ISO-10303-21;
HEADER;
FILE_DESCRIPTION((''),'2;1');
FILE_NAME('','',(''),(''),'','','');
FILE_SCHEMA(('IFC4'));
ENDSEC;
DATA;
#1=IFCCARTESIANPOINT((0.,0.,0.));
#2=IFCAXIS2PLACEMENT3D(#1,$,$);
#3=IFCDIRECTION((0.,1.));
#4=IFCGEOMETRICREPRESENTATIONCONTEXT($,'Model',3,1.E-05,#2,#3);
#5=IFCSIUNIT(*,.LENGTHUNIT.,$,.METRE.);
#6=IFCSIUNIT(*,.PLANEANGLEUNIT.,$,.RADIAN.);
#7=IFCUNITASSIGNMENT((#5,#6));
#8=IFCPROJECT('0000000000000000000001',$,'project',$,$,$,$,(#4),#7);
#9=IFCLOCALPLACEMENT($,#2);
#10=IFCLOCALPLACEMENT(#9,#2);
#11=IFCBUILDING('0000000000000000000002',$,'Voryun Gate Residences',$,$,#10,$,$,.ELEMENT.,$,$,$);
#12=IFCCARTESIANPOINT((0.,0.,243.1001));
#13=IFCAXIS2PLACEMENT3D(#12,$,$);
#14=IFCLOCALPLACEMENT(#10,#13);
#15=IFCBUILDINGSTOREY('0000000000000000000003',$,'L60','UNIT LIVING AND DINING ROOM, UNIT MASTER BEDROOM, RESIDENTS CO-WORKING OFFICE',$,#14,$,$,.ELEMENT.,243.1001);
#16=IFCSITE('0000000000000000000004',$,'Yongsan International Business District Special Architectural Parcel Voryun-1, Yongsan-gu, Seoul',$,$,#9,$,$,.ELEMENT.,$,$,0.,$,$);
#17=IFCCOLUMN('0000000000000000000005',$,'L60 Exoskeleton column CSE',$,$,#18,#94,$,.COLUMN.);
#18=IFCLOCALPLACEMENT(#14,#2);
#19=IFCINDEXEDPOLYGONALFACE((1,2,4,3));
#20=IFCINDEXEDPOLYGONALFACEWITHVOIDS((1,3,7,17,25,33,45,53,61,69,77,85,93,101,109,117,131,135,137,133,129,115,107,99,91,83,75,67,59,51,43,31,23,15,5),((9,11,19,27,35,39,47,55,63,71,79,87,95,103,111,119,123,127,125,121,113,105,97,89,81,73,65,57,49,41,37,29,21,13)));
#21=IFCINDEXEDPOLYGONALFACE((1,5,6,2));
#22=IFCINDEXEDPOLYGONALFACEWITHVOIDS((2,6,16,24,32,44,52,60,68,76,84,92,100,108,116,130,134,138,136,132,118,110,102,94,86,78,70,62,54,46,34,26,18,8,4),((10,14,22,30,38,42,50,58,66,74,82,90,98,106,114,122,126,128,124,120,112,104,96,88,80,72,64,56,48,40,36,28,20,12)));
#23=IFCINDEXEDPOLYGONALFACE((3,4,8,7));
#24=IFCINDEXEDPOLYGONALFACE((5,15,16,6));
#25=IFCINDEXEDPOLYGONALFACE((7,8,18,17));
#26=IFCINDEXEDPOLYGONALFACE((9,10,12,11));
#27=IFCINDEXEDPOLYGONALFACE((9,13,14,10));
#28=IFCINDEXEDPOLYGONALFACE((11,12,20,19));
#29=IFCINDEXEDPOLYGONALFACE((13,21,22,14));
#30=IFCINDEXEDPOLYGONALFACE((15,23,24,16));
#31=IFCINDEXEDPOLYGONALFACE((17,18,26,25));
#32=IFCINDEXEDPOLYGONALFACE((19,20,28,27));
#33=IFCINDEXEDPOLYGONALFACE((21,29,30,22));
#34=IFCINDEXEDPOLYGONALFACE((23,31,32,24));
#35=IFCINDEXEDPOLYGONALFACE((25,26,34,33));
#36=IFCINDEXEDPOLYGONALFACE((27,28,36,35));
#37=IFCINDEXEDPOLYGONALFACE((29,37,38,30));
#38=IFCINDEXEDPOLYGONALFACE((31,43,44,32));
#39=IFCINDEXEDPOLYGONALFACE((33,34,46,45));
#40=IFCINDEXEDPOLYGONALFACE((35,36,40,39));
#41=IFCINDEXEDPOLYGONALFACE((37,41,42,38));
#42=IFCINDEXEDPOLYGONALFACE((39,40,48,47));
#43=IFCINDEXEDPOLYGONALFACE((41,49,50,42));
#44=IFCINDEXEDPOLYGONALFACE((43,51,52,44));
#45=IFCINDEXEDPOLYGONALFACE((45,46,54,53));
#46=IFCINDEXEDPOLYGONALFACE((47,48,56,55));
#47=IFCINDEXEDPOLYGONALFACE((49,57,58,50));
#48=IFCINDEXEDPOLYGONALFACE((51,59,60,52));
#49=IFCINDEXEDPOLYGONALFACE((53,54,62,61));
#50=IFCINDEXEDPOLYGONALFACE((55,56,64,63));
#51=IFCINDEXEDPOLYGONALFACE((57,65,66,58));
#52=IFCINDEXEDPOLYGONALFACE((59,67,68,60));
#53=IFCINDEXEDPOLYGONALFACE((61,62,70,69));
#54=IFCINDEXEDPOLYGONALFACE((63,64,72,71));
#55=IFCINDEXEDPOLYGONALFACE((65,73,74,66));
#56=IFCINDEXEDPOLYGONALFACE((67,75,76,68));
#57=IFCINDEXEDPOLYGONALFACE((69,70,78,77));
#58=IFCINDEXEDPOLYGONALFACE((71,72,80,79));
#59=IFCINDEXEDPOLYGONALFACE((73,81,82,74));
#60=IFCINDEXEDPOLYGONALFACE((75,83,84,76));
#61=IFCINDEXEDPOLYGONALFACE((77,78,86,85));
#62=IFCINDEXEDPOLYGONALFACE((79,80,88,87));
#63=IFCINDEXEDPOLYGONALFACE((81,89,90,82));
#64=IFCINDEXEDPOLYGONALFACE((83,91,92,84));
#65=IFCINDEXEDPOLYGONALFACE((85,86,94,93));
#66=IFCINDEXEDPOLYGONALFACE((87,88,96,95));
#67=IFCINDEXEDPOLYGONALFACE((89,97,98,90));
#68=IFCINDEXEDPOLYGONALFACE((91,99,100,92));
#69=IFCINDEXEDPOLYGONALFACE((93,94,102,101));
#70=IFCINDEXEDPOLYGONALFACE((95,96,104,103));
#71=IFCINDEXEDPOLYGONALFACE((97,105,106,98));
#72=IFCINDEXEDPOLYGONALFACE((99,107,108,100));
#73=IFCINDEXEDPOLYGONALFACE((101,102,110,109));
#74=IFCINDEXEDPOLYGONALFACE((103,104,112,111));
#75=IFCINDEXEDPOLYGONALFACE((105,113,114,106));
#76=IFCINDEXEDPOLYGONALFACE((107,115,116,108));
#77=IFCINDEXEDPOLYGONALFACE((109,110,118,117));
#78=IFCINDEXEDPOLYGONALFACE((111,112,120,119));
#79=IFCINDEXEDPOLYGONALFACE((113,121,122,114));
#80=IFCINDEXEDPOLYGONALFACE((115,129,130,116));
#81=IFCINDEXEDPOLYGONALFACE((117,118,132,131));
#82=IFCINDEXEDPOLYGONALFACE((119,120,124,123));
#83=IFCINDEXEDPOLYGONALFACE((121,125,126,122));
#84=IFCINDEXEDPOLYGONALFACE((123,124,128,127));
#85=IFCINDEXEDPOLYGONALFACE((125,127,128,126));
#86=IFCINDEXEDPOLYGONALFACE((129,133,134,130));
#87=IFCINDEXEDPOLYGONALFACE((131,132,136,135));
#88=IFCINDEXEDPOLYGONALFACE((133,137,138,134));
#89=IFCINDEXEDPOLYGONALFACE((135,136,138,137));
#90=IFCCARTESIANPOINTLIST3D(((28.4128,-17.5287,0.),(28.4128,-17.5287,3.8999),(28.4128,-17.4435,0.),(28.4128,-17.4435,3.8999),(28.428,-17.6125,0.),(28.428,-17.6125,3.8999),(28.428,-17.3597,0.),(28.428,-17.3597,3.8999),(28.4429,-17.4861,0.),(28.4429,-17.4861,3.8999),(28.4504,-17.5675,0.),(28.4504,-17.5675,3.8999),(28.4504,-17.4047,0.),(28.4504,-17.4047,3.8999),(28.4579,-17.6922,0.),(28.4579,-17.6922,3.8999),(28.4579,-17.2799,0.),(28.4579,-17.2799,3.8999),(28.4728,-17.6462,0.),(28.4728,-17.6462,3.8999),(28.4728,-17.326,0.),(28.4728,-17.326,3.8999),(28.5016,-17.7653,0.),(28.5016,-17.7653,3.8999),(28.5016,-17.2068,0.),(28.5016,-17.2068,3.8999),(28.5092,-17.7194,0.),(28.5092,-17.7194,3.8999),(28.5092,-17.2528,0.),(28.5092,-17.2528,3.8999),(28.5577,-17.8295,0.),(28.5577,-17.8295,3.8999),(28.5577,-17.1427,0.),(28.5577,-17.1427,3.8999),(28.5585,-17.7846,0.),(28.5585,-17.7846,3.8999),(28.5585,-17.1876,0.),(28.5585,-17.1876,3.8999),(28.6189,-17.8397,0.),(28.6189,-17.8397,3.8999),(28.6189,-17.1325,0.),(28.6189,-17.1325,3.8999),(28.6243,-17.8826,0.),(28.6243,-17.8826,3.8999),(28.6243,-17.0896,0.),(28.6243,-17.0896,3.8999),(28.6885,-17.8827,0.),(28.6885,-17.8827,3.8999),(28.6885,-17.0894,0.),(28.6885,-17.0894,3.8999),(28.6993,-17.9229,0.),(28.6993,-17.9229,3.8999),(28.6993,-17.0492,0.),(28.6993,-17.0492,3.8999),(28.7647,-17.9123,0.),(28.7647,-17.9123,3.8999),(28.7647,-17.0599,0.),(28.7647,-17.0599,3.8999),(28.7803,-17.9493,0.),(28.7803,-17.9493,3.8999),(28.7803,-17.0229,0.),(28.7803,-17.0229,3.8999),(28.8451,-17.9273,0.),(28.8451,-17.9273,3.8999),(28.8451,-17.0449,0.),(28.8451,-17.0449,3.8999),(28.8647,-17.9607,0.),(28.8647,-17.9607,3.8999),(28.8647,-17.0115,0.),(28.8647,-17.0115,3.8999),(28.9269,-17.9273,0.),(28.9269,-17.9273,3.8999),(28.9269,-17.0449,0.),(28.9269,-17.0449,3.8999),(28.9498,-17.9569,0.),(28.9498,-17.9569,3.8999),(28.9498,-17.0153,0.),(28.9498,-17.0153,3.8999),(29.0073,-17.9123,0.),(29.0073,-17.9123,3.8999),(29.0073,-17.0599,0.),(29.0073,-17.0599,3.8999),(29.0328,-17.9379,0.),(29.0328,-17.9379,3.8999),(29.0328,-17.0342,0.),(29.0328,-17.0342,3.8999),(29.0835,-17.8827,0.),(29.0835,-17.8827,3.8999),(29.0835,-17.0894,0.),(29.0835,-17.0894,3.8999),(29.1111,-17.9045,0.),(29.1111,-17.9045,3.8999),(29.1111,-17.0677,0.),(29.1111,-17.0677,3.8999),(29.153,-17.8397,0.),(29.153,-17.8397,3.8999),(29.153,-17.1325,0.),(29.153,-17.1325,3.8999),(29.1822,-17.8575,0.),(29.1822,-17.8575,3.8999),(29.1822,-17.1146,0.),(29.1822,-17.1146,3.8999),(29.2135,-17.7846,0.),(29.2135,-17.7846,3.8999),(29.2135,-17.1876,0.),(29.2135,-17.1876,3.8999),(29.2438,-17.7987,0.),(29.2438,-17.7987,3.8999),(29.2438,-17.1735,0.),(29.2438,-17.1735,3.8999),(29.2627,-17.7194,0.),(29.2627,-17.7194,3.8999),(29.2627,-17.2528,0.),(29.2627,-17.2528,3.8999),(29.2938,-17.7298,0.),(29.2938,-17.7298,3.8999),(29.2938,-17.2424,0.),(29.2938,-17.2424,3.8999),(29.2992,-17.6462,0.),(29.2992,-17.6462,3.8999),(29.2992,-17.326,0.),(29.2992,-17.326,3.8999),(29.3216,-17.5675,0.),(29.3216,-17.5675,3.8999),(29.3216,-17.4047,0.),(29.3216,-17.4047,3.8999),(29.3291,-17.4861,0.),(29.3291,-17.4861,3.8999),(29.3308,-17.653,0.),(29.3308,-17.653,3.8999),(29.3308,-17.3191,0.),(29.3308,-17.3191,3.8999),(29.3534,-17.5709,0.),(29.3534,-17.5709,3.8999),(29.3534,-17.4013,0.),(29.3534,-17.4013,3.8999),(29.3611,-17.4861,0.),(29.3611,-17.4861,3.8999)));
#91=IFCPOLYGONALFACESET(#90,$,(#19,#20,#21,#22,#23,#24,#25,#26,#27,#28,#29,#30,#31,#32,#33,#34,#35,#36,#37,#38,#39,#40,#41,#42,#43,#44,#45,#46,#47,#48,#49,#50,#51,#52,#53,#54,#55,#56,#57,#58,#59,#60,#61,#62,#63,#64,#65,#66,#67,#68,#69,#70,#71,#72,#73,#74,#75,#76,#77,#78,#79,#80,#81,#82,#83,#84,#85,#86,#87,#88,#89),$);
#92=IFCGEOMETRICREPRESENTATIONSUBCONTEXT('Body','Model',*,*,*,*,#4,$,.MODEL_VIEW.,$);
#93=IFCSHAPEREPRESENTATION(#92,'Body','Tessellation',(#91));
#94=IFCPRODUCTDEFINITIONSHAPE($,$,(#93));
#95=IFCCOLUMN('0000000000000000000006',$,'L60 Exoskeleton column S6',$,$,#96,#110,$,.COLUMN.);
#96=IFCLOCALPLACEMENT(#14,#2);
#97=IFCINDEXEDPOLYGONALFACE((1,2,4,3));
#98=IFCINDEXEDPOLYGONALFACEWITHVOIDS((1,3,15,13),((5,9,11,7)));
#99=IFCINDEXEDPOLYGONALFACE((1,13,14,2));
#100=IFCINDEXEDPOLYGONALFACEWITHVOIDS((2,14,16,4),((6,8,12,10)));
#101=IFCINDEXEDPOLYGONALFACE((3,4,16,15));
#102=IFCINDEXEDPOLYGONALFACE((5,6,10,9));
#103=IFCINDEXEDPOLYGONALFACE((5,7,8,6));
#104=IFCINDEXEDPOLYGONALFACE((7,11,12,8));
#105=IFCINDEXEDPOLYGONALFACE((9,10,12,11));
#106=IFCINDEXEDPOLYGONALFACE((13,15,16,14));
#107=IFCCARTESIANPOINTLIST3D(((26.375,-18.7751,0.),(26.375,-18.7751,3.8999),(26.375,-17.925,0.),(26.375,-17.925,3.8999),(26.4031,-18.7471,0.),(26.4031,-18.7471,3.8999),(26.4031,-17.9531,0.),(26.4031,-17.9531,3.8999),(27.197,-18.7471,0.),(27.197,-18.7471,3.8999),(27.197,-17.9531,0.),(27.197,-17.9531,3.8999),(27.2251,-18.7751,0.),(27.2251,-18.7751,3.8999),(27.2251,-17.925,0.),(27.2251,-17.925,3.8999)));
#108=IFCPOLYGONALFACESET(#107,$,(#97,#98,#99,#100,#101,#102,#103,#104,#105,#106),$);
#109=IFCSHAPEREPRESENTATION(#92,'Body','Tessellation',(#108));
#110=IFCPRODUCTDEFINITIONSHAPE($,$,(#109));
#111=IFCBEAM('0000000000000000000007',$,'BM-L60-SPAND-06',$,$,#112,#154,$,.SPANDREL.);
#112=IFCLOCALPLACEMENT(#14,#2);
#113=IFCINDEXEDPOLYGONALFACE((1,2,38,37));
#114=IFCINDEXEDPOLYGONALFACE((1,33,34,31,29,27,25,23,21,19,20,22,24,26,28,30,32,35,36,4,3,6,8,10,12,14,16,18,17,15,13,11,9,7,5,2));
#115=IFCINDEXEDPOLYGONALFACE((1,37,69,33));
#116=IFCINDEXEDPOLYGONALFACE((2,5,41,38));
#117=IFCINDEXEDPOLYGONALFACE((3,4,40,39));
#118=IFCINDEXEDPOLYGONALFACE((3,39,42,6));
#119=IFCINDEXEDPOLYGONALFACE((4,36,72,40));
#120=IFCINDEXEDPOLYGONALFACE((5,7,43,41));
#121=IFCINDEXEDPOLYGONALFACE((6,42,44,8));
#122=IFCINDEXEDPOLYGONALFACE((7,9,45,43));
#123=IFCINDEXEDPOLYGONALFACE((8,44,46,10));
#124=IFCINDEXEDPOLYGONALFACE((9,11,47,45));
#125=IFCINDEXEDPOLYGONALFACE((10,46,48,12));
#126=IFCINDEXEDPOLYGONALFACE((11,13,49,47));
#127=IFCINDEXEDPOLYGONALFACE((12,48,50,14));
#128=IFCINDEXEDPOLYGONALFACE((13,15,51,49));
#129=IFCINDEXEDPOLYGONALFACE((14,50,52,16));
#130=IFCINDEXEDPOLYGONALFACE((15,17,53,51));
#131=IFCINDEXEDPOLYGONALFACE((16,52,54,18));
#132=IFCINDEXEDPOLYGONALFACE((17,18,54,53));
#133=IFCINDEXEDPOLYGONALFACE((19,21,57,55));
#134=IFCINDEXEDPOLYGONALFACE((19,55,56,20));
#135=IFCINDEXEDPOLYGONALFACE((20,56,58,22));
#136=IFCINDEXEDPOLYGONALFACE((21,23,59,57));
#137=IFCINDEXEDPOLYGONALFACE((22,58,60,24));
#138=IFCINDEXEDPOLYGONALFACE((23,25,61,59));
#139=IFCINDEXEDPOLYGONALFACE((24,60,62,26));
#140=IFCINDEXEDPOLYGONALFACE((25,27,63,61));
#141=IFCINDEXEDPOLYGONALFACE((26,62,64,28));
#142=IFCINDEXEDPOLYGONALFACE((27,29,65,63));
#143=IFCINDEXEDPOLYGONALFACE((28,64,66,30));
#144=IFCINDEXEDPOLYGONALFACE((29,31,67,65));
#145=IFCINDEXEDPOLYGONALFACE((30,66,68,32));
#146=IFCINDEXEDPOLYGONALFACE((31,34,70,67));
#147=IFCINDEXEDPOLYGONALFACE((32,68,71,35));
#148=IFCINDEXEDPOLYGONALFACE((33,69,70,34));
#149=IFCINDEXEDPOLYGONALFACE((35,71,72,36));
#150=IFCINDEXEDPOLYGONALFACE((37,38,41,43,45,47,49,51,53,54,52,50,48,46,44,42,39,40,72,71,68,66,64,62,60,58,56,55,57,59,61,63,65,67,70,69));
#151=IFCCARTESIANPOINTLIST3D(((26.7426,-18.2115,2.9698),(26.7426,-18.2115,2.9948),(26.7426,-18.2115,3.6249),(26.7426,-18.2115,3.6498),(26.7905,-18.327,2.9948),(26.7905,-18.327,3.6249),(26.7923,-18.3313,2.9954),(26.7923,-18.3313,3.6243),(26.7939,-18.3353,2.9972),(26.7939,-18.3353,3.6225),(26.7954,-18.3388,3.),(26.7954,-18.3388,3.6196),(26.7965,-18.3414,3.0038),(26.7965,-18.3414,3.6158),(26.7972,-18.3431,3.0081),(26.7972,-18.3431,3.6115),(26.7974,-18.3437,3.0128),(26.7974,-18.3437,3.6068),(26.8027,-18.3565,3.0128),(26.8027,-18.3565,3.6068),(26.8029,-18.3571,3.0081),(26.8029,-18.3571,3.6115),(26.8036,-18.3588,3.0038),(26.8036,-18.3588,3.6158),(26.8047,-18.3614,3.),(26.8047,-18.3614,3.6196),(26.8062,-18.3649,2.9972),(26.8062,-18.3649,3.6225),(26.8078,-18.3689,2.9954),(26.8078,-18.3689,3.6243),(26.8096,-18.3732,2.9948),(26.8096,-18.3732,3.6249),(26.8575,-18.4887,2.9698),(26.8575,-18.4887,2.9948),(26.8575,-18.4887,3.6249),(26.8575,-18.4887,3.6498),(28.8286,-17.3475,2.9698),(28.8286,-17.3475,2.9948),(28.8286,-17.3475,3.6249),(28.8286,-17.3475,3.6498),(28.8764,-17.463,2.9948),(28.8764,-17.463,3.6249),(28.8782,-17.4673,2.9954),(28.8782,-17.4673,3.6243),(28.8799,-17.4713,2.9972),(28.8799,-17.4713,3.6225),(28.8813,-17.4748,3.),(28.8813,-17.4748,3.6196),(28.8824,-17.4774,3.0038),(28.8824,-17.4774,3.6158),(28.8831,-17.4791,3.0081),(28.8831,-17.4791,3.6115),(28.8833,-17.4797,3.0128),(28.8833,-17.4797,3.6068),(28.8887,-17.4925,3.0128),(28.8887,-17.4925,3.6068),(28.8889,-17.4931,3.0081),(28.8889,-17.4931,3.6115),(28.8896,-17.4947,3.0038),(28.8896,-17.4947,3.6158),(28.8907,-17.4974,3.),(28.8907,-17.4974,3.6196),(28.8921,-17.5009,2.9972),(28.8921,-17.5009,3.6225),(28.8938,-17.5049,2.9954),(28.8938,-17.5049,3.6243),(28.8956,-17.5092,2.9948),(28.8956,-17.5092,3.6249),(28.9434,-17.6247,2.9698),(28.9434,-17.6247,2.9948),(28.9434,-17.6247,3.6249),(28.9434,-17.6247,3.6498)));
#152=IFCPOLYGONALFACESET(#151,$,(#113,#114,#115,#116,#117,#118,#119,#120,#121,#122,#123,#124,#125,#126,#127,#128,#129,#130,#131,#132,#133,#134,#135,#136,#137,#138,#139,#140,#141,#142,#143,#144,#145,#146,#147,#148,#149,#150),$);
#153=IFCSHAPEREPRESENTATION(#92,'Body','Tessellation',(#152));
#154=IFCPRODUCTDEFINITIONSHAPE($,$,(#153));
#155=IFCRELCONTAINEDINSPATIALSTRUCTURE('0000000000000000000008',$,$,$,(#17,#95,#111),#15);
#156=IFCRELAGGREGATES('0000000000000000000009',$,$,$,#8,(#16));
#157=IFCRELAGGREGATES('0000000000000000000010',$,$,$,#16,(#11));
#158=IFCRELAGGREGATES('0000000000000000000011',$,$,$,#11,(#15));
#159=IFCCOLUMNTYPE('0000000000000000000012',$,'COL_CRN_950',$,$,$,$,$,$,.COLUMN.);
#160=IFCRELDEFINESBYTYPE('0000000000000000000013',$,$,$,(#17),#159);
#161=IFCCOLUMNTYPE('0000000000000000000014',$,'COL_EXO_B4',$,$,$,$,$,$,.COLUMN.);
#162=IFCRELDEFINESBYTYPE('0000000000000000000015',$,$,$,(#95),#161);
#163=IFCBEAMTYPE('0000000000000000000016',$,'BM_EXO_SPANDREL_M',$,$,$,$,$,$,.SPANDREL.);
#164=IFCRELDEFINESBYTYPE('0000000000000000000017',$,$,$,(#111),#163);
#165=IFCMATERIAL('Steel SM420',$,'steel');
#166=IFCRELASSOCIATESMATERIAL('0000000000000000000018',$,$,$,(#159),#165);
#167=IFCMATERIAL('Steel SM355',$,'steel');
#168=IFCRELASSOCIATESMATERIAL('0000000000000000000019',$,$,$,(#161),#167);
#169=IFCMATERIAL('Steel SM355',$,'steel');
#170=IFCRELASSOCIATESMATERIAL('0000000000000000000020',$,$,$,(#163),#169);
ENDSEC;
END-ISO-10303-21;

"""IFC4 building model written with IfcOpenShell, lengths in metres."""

from ifc_helpers import new_model, si_unit, direction, frame, origin, origin_2d, place, context, subcontext, project, spatial, hollow_rectangle, hollow_circle, i_section, extrude, material, material_profile, profile_set, type_object, element, save


model = new_model("IFC4")

# Units and contexts
model_context = context("Model", 3, precision=1e-05, world=origin(), true_north=direction((0.0, 1.0)))
body_context = subcontext(model_context, "Body", "Model", "MODEL_VIEW")
ifc_project = project(units=[si_unit("LENGTHUNIT", "METRE"), si_unit("PLANEANGLEUNIT", "RADIAN")], contexts=[model_context])

# Site, building, storey
site_placement = place(None, origin())
site = spatial("IfcSite", under=ifc_project, at=site_placement, Name="Yongsan International Business District Special Architectural Parcel Voryun-1, Yongsan-gu, Seoul", CompositionType="ELEMENT", RefElevation=0.0)
building_placement = place(site_placement, origin())
building = spatial("IfcBuilding", under=site, at=building_placement, Name="Voryun Gate Residences", CompositionType="ELEMENT")
storey_placement = place(building_placement, frame((0.0, 0.0, 243.1001)))
storey = spatial("IfcBuildingStorey", under=building, at=storey_placement, Name="L60", Description="UNIT LIVING AND DINING ROOM, UNIT MASTER BEDROOM, RESIDENTS CO-WORKING OFFICE", CompositionType="ELEMENT", Elevation=243.1001)

# Columns
ifc_material_1 = material(Name="Steel SM420", Category="steel")
ifc_material_profile_1 = material_profile(ifc_material_1, hollow_circle(Radius=0.4751, WallThickness=0.032, at=origin_2d()), Name="CHS-950x32")
ifc_profile_set_1 = profile_set([ifc_material_profile_1], Name="Steel SM420")
column_type_1 = type_object("IfcColumnType", Name="COL_CRN_950", PredefinedType="COLUMN", material=ifc_profile_set_1)
column_1_placement = place(storey_placement, frame((28.886, -17.4861, 0.0), z_axis=(0.0, 0.0, 1.0), x_axis=(1.0, 0.0, 0.0)))
element("IfcColumn", 1, at=column_1_placement, inside=storey, type_object=column_type_1, Name="L60 Exoskeleton column CSE", PredefinedType="COLUMN", context=body_context, shape_type="SweptSolid", body=[
    extrude(hollow_circle(Radius=0.4751, WallThickness=0.032, at=origin_2d()), origin(), (0.0, 0.0, 1.0), 3.8999),
])
ifc_material_2 = material(Name="Steel SM355", Category="steel")
ifc_material_profile_2 = material_profile(ifc_material_2, hollow_rectangle(XDim=0.8501, YDim=0.8501, WallThickness=0.0281, at=origin_2d()), Name="BOX-850x850x28")
ifc_profile_set_2 = profile_set([ifc_material_profile_2], Name="Steel SM355")
column_type_2 = type_object("IfcColumnType", Name="COL_EXO_B4", PredefinedType="COLUMN", material=ifc_profile_set_2)
column_2_placement = place(storey_placement, frame((26.8, -18.3501, 0.0), z_axis=(0.0, 0.0, 1.0), x_axis=(1.0, 0.0, 0.0)))
element("IfcColumn", 2, at=column_2_placement, inside=storey, type_object=column_type_2, Name="L60 Exoskeleton column S6", PredefinedType="COLUMN", context=body_context, shape_type="SweptSolid", body=[
    extrude(hollow_rectangle(XDim=0.8501, YDim=0.8501, WallThickness=0.0281, at=origin_2d()), origin(), (0.0, 0.0, 1.0), 3.8999),
])

# Beam
ifc_material_3 = material(Name="Steel SM355", Category="steel")
ifc_material_profile_3 = material_profile(ifc_material_3, i_section(OverallWidth=0.3, OverallDepth=0.6799, WebThickness=0.0139, FlangeThickness=0.0249, FilletRadius=0.0181, at=origin_2d()), Name="H-680x300x14x25")
ifc_profile_set_3 = profile_set([ifc_material_profile_3], Name="Steel SM355")
beam_type = type_object("IfcBeamType", Name="BM_EXO_SPANDREL_M", PredefinedType="SPANDREL", material=ifc_profile_set_3)
beam_1_placement = place(storey_placement, frame((26.8, -18.3501, 3.3098), z_axis=(0.923881, 0.38268, 0.0), x_axis=(-0.38268, 0.923881, 0.0)))
element("IfcBeam", 3, at=beam_1_placement, inside=storey, type_object=beam_type, Name="BM-L60-SPAND-06", PredefinedType="SPANDREL", context=body_context, shape_type="SweptSolid", body=[
    extrude(i_section(OverallWidth=0.3, OverallDepth=0.6799, WebThickness=0.0139, FlangeThickness=0.0249, FilletRadius=0.0181, at=origin_2d()), origin(), (0.0, 0.0, 1.0), 2.2578),
])

save(model, "model.ifc")
